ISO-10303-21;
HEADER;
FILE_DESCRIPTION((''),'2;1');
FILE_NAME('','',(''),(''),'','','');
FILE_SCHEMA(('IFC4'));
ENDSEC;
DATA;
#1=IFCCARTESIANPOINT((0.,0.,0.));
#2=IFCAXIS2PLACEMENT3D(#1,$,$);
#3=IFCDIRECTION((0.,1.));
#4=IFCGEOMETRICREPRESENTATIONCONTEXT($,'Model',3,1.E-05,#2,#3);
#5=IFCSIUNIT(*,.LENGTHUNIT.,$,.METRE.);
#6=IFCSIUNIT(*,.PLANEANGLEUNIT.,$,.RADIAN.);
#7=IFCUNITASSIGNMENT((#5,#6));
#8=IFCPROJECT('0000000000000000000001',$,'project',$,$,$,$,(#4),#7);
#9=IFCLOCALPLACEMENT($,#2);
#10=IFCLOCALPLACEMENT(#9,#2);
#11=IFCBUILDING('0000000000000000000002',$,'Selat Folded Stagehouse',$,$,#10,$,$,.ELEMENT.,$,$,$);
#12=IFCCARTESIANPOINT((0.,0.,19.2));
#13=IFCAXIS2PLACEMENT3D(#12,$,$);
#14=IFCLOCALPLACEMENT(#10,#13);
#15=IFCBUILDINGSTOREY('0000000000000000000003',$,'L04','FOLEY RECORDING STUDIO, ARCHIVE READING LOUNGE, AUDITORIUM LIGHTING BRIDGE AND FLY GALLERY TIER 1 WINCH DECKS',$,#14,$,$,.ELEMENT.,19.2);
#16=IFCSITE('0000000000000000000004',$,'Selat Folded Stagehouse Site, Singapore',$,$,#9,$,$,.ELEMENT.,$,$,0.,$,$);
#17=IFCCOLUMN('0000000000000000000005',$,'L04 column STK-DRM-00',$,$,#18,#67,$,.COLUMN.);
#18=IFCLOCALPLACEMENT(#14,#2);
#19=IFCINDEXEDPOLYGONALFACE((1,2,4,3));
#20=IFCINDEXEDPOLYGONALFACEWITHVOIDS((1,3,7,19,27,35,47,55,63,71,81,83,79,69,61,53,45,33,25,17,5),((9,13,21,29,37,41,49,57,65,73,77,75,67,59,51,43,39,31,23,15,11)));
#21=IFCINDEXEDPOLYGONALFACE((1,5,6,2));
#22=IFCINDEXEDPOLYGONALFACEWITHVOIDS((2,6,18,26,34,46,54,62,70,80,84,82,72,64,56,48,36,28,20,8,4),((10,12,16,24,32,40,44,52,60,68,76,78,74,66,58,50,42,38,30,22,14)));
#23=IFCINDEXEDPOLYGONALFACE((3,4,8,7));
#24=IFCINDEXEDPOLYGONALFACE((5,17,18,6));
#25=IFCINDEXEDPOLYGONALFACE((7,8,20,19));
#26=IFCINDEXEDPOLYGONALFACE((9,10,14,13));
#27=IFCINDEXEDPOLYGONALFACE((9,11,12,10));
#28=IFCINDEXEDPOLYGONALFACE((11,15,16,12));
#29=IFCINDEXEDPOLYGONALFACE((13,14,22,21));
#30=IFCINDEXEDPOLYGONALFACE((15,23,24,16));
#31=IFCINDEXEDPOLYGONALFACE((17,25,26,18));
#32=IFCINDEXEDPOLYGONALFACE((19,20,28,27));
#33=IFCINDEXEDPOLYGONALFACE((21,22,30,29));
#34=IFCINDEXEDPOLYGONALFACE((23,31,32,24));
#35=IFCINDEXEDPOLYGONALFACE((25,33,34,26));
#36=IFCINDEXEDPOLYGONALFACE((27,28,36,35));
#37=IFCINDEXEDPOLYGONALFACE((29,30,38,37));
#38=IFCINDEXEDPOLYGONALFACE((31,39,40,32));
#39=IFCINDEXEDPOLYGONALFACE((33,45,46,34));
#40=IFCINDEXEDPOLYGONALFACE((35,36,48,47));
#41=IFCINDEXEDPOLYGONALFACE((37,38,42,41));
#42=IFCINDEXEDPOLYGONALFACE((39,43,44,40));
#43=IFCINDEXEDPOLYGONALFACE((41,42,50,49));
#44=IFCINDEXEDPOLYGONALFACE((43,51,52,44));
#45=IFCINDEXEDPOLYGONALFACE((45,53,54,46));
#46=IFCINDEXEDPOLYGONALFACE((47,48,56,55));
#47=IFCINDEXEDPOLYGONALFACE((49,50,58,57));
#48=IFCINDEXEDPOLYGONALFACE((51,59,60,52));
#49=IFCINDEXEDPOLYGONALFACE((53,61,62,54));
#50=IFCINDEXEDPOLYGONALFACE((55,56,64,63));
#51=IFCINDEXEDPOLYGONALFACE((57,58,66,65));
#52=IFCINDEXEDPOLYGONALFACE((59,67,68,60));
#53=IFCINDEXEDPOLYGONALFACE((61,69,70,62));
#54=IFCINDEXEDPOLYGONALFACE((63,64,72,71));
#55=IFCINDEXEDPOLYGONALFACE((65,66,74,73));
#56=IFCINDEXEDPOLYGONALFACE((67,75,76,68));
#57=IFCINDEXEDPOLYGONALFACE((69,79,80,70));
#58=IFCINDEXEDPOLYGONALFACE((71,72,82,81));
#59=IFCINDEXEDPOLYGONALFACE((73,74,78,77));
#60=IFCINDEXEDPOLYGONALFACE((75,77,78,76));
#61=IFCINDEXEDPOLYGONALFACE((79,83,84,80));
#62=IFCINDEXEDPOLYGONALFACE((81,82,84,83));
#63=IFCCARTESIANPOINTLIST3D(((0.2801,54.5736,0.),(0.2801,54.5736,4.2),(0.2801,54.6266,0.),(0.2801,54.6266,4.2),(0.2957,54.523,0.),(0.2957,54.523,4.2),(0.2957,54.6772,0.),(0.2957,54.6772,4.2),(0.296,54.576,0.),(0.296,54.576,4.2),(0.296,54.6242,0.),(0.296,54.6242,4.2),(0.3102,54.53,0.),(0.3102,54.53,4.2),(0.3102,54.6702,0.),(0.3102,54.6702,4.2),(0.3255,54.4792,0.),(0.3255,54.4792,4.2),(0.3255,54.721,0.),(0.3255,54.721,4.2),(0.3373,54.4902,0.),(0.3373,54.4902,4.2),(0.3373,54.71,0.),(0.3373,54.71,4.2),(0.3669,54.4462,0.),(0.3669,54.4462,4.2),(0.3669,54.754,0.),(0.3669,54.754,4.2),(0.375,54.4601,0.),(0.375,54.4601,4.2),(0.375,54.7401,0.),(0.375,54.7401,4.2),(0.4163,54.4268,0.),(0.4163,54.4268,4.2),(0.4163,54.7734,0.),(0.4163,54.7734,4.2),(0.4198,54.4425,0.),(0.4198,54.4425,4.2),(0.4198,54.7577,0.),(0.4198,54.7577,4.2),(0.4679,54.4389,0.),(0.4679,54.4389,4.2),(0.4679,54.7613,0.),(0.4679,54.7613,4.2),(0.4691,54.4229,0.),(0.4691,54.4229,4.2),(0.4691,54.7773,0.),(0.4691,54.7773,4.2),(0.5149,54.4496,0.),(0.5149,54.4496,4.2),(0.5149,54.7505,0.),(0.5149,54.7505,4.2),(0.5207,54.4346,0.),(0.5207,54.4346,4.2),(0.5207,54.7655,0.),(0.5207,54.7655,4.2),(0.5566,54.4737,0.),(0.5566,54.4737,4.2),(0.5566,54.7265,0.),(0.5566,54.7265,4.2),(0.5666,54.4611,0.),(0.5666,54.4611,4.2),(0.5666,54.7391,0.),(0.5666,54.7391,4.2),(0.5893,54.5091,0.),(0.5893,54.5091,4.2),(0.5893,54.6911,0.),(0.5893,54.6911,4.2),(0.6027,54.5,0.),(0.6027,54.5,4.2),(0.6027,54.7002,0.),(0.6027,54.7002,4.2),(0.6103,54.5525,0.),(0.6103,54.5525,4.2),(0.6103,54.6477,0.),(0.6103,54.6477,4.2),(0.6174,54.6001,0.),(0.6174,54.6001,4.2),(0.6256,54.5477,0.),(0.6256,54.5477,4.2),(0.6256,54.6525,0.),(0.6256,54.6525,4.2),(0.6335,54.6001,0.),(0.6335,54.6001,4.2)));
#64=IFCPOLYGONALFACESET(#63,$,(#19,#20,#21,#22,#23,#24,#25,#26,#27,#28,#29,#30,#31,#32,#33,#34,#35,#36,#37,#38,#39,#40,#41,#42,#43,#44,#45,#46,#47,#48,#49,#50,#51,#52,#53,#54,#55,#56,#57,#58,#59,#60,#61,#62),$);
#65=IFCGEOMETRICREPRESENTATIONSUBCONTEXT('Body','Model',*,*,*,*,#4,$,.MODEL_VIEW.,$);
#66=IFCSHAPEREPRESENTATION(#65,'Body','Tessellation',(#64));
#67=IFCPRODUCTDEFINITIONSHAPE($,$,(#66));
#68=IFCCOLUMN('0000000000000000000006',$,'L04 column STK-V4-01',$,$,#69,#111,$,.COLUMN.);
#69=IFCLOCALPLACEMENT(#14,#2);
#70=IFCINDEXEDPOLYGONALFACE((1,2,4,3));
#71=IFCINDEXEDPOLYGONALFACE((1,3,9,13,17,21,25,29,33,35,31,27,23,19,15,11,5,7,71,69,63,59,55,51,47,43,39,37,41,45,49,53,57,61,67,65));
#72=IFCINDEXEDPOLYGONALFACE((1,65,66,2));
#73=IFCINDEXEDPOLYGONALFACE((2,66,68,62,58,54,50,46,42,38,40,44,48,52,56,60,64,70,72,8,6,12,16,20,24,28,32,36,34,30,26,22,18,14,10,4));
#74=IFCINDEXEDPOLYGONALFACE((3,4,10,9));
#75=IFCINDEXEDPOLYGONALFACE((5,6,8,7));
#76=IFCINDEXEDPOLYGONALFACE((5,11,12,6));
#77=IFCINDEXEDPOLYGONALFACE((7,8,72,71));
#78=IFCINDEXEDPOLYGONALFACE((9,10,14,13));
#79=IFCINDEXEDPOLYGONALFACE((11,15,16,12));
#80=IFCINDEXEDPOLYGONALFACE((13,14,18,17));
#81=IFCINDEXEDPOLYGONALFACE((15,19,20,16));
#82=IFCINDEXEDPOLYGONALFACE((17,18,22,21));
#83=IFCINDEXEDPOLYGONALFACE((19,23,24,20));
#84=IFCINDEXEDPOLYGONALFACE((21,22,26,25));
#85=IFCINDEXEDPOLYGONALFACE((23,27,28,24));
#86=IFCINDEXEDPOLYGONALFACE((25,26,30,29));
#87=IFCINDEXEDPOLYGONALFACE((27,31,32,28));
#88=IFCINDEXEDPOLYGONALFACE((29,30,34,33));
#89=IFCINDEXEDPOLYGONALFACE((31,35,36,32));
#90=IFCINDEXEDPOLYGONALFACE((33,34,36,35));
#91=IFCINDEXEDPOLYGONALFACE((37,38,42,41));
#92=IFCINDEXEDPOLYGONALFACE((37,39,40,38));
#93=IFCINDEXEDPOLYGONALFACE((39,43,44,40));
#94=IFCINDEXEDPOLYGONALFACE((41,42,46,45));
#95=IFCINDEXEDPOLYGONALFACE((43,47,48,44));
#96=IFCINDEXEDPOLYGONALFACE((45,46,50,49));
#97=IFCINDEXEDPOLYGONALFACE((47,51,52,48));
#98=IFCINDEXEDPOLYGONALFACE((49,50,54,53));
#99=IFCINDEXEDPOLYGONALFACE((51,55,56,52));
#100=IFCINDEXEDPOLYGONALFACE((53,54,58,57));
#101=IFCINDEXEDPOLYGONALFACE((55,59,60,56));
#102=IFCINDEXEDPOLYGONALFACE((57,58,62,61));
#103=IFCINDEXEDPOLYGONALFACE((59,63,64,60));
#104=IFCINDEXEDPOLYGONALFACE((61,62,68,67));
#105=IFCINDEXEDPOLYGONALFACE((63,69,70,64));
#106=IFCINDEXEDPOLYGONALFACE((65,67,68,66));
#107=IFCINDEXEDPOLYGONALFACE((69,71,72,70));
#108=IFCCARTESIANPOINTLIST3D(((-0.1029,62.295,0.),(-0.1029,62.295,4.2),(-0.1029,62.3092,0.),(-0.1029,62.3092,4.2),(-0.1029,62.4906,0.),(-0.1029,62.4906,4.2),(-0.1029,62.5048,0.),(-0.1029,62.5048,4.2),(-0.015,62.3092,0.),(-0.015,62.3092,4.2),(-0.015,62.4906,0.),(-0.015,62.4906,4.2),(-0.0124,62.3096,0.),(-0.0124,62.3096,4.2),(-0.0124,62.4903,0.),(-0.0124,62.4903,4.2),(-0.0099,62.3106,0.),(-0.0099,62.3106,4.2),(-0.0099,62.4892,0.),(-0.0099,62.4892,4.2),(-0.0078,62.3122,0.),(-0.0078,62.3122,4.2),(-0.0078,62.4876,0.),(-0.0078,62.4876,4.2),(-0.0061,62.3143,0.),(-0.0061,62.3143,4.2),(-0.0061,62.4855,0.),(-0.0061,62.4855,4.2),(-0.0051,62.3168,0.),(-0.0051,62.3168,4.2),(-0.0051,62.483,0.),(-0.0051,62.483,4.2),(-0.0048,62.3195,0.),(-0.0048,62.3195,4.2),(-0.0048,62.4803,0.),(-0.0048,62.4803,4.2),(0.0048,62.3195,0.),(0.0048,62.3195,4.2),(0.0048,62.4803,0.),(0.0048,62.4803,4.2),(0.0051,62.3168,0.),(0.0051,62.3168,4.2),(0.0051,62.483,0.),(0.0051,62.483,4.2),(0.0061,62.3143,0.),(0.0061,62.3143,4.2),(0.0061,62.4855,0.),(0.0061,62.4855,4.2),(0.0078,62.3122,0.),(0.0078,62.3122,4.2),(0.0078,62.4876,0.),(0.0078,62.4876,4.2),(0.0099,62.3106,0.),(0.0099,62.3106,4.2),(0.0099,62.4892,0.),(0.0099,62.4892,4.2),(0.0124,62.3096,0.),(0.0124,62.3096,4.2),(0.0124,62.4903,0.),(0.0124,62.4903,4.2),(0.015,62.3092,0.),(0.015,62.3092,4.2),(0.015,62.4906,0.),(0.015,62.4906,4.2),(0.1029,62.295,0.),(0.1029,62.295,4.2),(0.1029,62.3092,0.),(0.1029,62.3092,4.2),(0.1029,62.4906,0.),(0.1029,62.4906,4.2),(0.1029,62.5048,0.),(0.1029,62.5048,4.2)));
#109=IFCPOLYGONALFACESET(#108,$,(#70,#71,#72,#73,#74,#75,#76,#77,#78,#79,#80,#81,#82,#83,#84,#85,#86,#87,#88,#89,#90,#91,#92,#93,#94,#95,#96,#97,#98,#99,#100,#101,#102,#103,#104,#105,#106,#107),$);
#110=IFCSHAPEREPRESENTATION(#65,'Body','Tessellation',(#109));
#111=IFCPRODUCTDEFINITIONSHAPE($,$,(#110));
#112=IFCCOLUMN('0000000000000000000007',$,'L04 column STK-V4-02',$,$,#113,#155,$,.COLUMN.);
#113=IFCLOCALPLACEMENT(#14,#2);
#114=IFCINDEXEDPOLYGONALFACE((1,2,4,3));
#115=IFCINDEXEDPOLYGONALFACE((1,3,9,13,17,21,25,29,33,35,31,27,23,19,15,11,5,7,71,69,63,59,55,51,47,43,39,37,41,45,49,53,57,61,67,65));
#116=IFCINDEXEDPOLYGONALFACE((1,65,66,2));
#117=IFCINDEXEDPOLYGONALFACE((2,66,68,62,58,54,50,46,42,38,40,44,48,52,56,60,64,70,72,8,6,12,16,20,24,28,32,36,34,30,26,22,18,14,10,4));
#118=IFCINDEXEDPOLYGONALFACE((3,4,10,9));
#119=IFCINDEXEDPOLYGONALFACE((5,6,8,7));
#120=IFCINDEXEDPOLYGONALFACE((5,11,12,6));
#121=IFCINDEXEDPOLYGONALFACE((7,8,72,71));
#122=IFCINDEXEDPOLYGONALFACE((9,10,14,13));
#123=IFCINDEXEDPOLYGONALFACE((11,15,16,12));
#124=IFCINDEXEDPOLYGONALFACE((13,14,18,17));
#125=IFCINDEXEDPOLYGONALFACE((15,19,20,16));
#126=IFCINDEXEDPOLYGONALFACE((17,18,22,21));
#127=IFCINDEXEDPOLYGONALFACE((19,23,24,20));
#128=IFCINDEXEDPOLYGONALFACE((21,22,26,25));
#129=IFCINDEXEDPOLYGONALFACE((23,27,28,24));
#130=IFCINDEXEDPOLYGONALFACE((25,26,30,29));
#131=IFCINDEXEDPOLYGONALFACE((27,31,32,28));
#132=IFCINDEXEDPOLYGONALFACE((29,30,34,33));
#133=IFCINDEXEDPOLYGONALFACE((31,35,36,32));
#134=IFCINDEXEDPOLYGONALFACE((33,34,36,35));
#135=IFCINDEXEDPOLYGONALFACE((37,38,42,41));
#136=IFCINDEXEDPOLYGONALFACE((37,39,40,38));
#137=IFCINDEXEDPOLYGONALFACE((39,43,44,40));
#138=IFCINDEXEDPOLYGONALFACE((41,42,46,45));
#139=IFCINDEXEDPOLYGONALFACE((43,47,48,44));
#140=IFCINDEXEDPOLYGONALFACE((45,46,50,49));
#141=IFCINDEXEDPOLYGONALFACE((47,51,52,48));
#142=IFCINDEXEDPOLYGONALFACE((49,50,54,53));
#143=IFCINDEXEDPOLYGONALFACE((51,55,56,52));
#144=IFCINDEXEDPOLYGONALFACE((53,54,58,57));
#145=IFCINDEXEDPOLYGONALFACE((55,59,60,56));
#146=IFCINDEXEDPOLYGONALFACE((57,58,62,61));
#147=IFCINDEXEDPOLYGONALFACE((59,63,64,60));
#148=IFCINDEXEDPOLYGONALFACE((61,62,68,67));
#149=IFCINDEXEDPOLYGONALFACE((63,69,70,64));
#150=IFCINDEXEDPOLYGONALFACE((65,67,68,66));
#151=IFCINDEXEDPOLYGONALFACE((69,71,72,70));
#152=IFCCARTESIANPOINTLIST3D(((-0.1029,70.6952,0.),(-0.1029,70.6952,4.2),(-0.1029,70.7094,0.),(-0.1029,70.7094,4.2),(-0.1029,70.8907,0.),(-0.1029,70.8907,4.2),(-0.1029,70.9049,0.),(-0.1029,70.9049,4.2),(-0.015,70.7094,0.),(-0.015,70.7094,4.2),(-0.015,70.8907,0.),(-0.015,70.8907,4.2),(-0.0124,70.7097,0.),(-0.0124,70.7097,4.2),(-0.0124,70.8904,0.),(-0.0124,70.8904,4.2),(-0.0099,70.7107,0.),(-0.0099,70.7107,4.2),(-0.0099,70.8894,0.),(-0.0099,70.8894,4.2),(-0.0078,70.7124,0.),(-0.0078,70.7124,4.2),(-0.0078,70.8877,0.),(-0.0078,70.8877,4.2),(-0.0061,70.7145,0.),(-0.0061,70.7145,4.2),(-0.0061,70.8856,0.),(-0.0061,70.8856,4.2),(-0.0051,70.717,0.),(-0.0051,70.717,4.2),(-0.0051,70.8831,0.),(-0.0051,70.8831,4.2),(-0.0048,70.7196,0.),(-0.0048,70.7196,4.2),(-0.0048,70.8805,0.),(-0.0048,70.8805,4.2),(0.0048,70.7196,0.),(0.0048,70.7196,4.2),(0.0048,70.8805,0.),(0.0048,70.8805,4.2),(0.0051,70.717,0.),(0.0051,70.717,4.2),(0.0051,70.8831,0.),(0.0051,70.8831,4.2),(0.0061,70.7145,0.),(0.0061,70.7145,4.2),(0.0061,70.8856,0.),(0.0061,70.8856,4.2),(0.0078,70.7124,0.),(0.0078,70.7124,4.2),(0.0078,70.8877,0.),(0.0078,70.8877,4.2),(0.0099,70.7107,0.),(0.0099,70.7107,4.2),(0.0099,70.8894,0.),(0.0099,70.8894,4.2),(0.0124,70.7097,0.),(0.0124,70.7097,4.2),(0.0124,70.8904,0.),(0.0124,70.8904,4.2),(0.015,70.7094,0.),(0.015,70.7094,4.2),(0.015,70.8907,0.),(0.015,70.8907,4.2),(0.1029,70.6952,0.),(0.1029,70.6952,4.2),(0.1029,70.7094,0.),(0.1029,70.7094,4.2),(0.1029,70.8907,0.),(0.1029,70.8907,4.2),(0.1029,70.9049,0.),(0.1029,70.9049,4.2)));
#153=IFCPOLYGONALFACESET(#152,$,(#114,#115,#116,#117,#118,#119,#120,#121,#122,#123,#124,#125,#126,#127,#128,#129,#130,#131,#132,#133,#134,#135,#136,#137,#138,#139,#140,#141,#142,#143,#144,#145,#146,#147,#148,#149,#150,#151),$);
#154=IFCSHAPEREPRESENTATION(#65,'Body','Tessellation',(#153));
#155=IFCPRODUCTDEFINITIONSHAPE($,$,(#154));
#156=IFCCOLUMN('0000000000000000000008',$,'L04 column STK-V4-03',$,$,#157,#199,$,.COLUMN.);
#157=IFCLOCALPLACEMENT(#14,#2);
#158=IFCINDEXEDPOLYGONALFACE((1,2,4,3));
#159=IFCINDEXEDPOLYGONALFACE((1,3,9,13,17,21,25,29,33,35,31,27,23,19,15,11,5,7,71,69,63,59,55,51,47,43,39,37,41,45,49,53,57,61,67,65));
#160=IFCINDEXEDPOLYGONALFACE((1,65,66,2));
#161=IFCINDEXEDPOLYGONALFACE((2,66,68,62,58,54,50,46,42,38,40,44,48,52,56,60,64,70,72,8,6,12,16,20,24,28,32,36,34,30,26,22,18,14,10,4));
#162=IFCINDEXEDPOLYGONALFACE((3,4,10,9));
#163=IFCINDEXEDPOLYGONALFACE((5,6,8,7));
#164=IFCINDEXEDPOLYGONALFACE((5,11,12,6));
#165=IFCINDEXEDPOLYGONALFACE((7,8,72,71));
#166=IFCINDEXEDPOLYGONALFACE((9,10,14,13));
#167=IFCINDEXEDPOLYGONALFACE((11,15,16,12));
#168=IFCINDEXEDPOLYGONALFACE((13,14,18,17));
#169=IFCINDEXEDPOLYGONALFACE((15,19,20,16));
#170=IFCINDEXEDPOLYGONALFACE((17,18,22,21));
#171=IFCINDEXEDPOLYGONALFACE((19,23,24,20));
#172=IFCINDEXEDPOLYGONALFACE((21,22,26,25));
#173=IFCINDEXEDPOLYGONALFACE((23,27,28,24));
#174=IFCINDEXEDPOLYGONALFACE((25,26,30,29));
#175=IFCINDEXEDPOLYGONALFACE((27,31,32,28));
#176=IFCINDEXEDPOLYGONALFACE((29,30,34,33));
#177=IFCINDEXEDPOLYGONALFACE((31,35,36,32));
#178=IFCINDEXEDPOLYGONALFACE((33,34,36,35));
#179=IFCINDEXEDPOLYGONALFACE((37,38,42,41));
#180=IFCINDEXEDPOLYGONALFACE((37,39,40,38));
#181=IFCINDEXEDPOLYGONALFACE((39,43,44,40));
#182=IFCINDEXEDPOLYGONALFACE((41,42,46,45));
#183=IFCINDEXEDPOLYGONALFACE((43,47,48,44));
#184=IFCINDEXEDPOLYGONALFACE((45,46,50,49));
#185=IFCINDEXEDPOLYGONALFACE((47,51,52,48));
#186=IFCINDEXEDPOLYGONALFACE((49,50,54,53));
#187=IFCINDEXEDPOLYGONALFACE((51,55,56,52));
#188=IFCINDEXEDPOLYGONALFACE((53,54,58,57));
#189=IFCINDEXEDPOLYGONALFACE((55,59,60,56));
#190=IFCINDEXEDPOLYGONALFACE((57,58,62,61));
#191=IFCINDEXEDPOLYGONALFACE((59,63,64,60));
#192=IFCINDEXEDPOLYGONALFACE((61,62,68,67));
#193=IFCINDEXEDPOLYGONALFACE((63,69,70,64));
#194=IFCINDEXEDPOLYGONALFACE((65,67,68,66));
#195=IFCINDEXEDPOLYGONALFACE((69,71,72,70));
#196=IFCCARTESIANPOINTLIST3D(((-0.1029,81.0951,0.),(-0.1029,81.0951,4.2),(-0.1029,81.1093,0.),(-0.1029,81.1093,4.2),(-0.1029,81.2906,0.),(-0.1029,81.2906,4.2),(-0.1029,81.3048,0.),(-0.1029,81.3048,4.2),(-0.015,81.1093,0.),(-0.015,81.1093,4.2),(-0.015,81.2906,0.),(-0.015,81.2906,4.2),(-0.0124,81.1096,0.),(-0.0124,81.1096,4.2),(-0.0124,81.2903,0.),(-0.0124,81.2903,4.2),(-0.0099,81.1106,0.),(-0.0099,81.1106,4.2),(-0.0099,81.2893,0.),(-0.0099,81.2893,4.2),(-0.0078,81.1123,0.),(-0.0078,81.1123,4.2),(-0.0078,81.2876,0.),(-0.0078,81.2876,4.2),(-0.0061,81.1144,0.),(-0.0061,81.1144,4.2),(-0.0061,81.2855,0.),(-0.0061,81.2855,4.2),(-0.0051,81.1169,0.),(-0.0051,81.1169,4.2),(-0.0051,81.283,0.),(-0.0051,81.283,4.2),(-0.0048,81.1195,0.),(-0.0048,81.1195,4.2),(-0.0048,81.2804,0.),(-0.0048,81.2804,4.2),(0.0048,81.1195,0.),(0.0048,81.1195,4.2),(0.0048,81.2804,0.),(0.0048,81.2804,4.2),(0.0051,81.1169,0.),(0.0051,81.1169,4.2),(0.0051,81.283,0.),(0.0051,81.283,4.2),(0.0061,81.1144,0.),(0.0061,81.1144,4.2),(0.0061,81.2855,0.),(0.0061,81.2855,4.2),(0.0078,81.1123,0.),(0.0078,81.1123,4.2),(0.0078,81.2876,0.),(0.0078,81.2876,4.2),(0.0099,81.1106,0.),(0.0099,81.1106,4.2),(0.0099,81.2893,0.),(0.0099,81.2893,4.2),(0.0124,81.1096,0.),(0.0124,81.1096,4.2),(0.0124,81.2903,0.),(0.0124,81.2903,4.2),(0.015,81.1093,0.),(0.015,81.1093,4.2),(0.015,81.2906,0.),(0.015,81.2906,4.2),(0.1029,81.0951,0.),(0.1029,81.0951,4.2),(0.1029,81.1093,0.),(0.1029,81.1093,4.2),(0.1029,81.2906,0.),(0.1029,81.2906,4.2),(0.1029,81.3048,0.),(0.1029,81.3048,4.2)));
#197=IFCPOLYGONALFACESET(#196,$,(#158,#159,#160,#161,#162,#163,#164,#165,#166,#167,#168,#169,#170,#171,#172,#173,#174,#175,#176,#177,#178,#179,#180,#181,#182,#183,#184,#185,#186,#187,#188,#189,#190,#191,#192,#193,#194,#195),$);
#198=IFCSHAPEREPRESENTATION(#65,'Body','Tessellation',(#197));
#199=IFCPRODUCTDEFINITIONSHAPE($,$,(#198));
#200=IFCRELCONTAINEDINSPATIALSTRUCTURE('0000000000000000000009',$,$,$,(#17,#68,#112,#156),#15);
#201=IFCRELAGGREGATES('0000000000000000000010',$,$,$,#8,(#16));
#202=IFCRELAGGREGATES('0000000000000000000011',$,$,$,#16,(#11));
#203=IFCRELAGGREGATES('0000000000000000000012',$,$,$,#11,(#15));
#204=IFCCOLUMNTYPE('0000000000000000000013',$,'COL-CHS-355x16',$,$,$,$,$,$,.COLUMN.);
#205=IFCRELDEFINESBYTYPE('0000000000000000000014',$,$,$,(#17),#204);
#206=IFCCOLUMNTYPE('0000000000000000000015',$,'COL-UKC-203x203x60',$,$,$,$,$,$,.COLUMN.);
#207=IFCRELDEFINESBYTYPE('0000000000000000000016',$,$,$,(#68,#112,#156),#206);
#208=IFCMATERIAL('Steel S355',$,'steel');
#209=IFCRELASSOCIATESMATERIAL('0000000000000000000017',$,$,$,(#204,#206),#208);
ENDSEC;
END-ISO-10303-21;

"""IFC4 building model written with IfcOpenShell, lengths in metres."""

from ifc_helpers import new_model, si_unit, direction, frame, origin, origin_2d, place, context, subcontext, project, spatial, hollow_circle, i_section, extrude, material, material_profile, profile_set, type_object, element, save


model = new_model("IFC4")

# Units and contexts
model_context = context("Model", 3, precision=1e-05, world=origin(), true_north=direction((0.0, 1.0)))
body_context = subcontext(model_context, "Body", "Model", "MODEL_VIEW")
ifc_project = project(units=[si_unit("LENGTHUNIT", "METRE"), si_unit("PLANEANGLEUNIT", "RADIAN")], contexts=[model_context])

# Site, building, storey
site_placement = place(None, origin())
site = spatial("IfcSite", under=ifc_project, at=site_placement, Name="Selat Folded Stagehouse Site, Singapore", CompositionType="ELEMENT", RefElevation=0.0)
building_placement = place(site_placement, origin())
building = spatial("IfcBuilding", under=site, at=building_placement, Name="Selat Folded Stagehouse", CompositionType="ELEMENT")
storey_placement = place(building_placement, frame((0.0, 0.0, 19.2)))
storey = spatial("IfcBuildingStorey", under=building, at=storey_placement, Name="L04", Description="FOLEY RECORDING STUDIO, ARCHIVE READING LOUNGE, AUDITORIUM LIGHTING BRIDGE AND FLY GALLERY TIER 1 WINCH DECKS", CompositionType="ELEMENT", Elevation=19.2)

# Columns
ifc_material_1 = material(Name="Steel S355", Category="steel")
ifc_material_profile_1 = material_profile(ifc_material_1, hollow_circle(Radius=0.1777, WallThickness=0.0161, at=origin_2d()), Name="CHS 355.6x16.0")
ifc_profile_set_1 = profile_set([ifc_material_profile_1], Name="Steel S355")
column_type_1 = type_object("IfcColumnType", Name="COL-CHS-355x16", PredefinedType="COLUMN", material=ifc_profile_set_1)
column_1_placement = place(storey_placement, frame((0.4558, 54.6001, 0.0), z_axis=(0.0, 0.0, 1.0), x_axis=(1.0, 0.0, 0.0)))
element("IfcColumn", 1, at=column_1_placement, inside=storey, type_object=column_type_1, Name="L04 column STK-DRM-00", PredefinedType="COLUMN", context=body_context, shape_type="SweptSolid", body=[
    extrude(hollow_circle(Radius=0.1777, WallThickness=0.0161, at=origin_2d()), origin(), (0.0, 0.0, 1.0), 4.2),
])
ifc_material_profile_2 = material_profile(ifc_material_1, i_section(OverallWidth=0.2058, OverallDepth=0.2097, WebThickness=0.0095, FlangeThickness=0.0142, FilletRadius=0.0103, at=origin_2d()), Name="UKC 203x203x60")
ifc_profile_set_2 = profile_set([ifc_material_profile_2], Name="Steel S355")
column_type_2 = type_object("IfcColumnType", Name="COL-UKC-203x203x60", PredefinedType="COLUMN", material=ifc_profile_set_2)
for number, where, z_axis, x_axis, name in (
    (2, (0.0, 62.3999, 0.0), (0.0, 0.0, 1.0), (1.0, 0.0, 0.0), "L04 column STK-V4-01"),
    (3, (0.0, 70.8, 0.0), (0.0, 0.0, 1.0), (1.0, 0.0, 0.0), "L04 column STK-V4-02"),
    (4, (0.0, 81.2, 0.0), (0.0, 0.0, 1.0), (1.0, 0.0, 0.0), "L04 column STK-V4-03"),
):
    element("IfcColumn", number, at=place(storey_placement, frame(where, z_axis=z_axis, x_axis=x_axis)), inside=storey, type_object=column_type_2, Name=name, PredefinedType="COLUMN", context=body_context, shape_type="SweptSolid", body=[
        extrude(i_section(OverallWidth=0.2058, OverallDepth=0.2097, WebThickness=0.0095, FlangeThickness=0.0142, FilletRadius=0.0103, at=origin_2d()), origin(), (0.0, 0.0, 1.0), 4.2),
    ])

save(model, "model.ifc")
